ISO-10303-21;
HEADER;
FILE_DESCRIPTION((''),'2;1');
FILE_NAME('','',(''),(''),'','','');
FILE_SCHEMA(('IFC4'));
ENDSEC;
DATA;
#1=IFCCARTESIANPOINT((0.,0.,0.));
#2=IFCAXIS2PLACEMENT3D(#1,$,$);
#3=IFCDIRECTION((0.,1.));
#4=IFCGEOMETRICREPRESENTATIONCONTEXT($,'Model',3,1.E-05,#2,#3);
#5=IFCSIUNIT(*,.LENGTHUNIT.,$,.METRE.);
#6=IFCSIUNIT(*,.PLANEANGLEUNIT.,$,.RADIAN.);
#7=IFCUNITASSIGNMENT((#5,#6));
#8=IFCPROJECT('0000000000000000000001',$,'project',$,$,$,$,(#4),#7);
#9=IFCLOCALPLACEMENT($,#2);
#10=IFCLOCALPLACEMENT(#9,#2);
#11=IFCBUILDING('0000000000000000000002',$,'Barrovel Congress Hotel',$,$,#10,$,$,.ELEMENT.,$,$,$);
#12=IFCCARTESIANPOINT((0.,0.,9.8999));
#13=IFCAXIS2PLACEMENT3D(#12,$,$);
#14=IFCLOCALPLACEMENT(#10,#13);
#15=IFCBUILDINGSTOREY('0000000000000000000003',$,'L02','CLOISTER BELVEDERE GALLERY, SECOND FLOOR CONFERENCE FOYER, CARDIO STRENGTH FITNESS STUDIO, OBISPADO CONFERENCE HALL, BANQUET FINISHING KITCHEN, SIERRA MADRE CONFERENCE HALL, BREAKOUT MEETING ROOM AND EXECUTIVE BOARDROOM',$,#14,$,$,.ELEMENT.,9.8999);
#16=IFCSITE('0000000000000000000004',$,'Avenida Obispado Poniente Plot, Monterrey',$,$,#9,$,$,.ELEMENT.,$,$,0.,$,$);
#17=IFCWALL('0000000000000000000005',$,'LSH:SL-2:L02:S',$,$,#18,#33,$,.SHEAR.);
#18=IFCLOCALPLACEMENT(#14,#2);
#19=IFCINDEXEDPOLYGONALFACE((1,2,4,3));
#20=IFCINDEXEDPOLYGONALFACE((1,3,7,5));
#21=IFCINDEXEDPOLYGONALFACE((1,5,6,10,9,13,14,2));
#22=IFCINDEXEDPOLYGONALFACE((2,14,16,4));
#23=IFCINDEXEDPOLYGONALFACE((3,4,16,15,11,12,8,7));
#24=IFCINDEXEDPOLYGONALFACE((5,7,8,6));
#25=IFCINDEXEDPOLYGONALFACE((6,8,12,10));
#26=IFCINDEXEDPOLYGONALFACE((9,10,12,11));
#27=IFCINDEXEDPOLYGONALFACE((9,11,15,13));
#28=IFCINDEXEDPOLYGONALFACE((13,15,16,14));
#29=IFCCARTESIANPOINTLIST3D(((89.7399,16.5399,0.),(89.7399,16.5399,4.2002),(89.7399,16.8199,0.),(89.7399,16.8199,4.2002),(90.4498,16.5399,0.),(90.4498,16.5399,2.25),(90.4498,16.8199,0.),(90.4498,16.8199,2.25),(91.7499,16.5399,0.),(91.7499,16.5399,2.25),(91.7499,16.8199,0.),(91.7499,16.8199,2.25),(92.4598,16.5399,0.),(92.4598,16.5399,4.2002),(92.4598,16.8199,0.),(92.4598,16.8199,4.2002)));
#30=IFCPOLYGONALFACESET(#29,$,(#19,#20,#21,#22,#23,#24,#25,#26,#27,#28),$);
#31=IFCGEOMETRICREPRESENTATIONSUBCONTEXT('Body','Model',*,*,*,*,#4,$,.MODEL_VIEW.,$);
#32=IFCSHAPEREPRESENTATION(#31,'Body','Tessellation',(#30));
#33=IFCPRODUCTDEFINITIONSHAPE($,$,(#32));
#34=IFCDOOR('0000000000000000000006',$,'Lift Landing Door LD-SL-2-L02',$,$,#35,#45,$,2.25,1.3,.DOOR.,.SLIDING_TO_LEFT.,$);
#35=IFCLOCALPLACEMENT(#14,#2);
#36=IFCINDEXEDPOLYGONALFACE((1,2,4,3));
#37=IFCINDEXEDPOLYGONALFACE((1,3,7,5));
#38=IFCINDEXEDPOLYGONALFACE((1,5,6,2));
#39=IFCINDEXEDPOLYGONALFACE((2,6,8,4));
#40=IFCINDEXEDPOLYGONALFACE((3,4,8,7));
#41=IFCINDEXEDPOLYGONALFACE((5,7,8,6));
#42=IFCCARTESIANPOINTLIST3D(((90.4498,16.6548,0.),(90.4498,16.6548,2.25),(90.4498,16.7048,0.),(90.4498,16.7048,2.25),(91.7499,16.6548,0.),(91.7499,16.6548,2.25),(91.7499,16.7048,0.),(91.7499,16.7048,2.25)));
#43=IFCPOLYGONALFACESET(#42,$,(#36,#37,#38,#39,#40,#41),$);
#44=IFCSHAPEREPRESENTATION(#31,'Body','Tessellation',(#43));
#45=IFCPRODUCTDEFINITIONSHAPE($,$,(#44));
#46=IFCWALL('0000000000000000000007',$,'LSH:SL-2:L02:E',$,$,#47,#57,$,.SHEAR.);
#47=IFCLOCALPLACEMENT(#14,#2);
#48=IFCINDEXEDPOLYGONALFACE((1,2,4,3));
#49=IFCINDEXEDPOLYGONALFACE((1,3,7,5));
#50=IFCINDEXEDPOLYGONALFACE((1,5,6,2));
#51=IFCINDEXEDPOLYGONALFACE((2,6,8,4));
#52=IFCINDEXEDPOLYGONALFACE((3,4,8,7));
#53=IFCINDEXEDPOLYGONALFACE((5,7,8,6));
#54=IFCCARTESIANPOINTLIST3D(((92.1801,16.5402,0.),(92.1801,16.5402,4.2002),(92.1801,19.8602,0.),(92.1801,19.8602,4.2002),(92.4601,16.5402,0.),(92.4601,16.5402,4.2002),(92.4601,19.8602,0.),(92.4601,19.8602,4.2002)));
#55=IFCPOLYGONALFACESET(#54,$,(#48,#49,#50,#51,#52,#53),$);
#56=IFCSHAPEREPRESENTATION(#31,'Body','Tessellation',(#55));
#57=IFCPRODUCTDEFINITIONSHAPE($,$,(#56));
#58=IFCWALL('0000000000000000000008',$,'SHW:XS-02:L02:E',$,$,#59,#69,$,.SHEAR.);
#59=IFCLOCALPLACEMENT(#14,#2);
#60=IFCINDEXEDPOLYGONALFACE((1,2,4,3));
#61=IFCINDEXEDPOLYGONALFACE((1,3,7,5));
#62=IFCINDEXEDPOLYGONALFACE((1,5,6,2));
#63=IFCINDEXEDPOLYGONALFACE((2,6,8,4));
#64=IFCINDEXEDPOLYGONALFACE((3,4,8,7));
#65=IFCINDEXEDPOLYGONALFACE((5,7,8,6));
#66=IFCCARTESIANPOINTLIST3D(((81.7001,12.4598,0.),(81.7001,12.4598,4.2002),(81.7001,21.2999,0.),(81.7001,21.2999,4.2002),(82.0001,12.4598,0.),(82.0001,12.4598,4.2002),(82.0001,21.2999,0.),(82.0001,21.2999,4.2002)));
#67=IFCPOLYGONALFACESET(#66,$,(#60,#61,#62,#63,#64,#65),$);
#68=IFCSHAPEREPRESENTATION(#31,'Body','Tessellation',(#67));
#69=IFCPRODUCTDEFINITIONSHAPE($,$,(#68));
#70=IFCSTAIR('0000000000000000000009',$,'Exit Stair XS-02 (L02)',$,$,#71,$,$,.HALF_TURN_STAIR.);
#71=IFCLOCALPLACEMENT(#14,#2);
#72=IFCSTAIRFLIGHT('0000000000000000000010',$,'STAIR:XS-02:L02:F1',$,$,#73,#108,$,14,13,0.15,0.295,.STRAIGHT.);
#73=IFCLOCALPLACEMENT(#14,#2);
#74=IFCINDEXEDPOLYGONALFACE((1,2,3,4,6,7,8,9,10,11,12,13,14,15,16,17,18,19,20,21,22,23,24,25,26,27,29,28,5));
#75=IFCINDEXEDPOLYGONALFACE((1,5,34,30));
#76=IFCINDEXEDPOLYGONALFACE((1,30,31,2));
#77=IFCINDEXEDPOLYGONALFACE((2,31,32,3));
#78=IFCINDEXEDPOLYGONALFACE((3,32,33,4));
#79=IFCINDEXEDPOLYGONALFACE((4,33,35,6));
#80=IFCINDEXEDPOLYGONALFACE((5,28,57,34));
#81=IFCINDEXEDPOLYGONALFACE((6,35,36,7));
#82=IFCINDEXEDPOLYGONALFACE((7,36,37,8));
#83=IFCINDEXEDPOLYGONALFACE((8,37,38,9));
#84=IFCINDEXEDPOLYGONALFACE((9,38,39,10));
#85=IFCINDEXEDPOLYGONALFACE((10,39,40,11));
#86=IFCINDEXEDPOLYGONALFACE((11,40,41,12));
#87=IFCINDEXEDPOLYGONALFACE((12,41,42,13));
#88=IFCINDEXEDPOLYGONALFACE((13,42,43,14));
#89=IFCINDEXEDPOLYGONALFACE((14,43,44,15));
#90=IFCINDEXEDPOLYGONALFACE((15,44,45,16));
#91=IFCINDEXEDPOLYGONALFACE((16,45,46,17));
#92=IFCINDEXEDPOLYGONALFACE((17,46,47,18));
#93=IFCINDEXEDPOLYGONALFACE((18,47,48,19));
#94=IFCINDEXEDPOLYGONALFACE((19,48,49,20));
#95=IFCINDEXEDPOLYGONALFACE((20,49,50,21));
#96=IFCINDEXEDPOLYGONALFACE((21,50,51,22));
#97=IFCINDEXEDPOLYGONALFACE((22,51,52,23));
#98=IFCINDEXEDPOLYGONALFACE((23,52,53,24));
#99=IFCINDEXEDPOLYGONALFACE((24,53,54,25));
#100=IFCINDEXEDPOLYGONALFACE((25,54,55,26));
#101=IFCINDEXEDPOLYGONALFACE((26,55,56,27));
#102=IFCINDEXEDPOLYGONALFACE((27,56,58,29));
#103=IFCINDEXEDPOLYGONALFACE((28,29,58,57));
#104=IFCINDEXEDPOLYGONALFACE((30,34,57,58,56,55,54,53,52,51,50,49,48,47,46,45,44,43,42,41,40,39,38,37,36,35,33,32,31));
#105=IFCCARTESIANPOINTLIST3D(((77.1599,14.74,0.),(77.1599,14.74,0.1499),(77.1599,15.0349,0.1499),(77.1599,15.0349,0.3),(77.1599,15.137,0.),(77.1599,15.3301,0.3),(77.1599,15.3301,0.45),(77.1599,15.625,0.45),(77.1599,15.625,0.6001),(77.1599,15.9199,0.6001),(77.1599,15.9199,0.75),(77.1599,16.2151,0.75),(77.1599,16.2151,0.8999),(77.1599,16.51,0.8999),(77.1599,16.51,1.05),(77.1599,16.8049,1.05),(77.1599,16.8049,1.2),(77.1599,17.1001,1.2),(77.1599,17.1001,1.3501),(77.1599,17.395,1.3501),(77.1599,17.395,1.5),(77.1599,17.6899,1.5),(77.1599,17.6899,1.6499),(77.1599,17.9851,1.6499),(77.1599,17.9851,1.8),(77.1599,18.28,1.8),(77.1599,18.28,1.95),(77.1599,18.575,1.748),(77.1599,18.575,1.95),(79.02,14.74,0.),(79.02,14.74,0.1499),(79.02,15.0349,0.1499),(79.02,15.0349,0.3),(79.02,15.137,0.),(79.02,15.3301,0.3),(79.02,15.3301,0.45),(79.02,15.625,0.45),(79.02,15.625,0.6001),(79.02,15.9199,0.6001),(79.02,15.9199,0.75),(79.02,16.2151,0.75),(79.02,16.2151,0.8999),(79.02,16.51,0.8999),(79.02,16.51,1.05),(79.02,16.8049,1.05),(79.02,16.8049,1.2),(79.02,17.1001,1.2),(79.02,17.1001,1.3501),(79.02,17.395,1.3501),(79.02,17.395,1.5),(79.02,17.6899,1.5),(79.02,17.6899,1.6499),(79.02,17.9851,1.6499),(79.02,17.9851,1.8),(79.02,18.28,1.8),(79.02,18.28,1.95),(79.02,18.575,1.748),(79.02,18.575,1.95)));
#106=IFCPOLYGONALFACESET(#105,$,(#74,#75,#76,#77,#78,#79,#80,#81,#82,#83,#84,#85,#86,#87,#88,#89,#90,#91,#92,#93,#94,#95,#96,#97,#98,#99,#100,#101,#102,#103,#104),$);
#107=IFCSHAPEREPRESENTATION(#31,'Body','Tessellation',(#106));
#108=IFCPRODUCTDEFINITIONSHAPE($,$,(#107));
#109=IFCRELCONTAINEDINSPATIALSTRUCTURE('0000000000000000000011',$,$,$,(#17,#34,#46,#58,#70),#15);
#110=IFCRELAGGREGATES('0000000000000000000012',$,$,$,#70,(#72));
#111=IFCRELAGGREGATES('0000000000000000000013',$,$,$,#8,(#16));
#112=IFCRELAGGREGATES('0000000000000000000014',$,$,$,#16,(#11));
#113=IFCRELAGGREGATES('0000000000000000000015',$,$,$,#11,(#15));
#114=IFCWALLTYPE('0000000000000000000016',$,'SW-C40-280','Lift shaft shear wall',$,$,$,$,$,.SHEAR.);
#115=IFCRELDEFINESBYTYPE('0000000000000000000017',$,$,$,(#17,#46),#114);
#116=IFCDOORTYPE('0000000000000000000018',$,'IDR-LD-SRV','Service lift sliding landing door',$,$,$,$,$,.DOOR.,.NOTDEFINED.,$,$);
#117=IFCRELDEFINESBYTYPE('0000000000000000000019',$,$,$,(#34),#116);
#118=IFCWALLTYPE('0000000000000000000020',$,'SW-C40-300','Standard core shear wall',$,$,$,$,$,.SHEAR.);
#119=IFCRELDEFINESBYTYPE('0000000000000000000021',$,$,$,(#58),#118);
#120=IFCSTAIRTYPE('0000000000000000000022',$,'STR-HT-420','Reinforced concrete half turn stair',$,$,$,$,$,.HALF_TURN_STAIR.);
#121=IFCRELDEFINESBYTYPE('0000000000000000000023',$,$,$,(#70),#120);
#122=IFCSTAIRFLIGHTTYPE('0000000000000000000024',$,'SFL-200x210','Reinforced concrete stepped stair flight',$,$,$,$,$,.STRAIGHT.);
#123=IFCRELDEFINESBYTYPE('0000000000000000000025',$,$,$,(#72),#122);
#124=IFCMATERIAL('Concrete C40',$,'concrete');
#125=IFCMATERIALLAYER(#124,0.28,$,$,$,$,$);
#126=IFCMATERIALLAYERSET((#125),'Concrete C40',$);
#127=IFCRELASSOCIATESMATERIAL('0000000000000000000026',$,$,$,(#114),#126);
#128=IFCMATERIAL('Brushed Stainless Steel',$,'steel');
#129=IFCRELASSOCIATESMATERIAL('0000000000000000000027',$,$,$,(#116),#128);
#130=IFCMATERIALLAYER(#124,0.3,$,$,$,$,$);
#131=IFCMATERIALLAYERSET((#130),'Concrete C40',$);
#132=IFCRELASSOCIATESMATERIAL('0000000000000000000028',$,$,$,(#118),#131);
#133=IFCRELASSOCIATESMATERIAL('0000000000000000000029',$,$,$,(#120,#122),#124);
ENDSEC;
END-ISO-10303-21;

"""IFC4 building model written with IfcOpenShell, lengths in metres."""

from ifc_helpers import new_model, si_unit, direction, frame, frame_2d, origin, place, context, subcontext, project, spatial, polyline, rectangle, outline, extrude, material, layer, layer_set, type_object, element, fill, aggregate, save


model = new_model("IFC4")

# Units and contexts
model_context = context("Model", 3, precision=1e-05, world=origin(), true_north=direction((0.0, 1.0)))
body_context = subcontext(model_context, "Body", "Model", "MODEL_VIEW")
ifc_project = project(units=[si_unit("LENGTHUNIT", "METRE"), si_unit("PLANEANGLEUNIT", "RADIAN")], contexts=[model_context])

# Site, building, storey
site_placement = place(None, origin())
site = spatial("IfcSite", under=ifc_project, at=site_placement, Name="Avenida Obispado Poniente Plot, Monterrey", CompositionType="ELEMENT", RefElevation=0.0)
building_placement = place(site_placement, origin())
building = spatial("IfcBuilding", under=site, at=building_placement, Name="Barrovel Congress Hotel", CompositionType="ELEMENT")
storey_placement = place(building_placement, frame((0.0, 0.0, 9.8999)))
storey = spatial("IfcBuildingStorey", under=building, at=storey_placement, Name="L02", Description="CLOISTER BELVEDERE GALLERY, SECOND FLOOR CONFERENCE FOYER, CARDIO STRENGTH FITNESS STUDIO, OBISPADO CONFERENCE HALL, BANQUET FINISHING KITCHEN, SIERRA MADRE CONFERENCE HALL, BREAKOUT MEETING ROOM AND EXECUTIVE BOARDROOM", CompositionType="ELEMENT", Elevation=9.8999)

# Shared definitions
ifc_material_1 = material(Name="Concrete C40", Category="concrete")

# Shared definitions
ifc_layer_1 = layer(ifc_material_1, 0.28)
ifc_layer_set_1 = layer_set([ifc_layer_1], Name="Concrete C40")
wall_type_1 = type_object("IfcWallType", Name="SW-C40-280", Description="Lift shaft shear wall", PredefinedType="SHEAR", material=ifc_layer_set_1)

# Wall, opening, door
wall_1_placement = place(storey_placement, frame((89.74, 16.6799, 0.0), z_axis=(0.0, 0.0, 1.0), x_axis=(1.0, 0.0, 0.0)))
wall_1 = element("IfcWall", 1, at=wall_1_placement, inside=storey, type_object=wall_type_1, Name="LSH:SL-2:L02:S", PredefinedType="SHEAR", context=body_context, shape_type="SweptSolid", body=[
    extrude(rectangle(XDim=2.72, YDim=0.28, at=frame_2d((1.3599, 0.0))), origin(), (0.0, 0.0, 1.0), 4.2002),
])
opening_1_placement = place(wall_1_placement, frame((0.71, 0.0, 0.0)))
opening_1 = element("IfcOpeningElement", 2, at=opening_1_placement, cuts=wall_1, PredefinedType="OPENING", context=body_context, shape_type="SweptSolid", body=[
    extrude(rectangle(XDim=1.3, YDim=2.25, at=frame_2d((0.6499, 1.125))), frame((0.0, 0.1499, 0.0), z_axis=(0.0, -1.0, 0.0), x_axis=(1.0, 0.0, 0.0)), (0.0, 0.0, 1.0), 0.3),
])
ifc_material_2 = material(Name="Brushed Stainless Steel", Category="steel")
door_type_1 = type_object("IfcDoorType", Name="IDR-LD-SRV", Description="Service lift sliding landing door", OperationType="NOTDEFINED", PredefinedType="DOOR", material=ifc_material_2)
door_1_placement = place(opening_1_placement, origin())
door_1 = element("IfcDoor", 3, at=door_1_placement, inside=storey, type_object=door_type_1, Name="Lift Landing Door LD-SL-2-L02", OperationType="SLIDING_TO_LEFT", OverallHeight=2.25, OverallWidth=1.3, PredefinedType="DOOR", context=body_context, shape_type="SweptSolid", body=[
    extrude(rectangle(XDim=1.3, YDim=2.25, at=frame_2d((0.6499, 1.125))), frame((0.0, 0.0249, 0.0), z_axis=(0.0, -1.0, 0.0), x_axis=(1.0, 0.0, 0.0)), (0.0, 0.0, 1.0), 0.05),
])
fill(opening_1, door_1)

# Walls
wall_2_placement = place(storey_placement, frame((92.3201, 16.54, 0.0), z_axis=(0.0, 0.0, 1.0), x_axis=(0.0, 1.0, 0.0)))
element("IfcWall", 4, at=wall_2_placement, inside=storey, type_object=wall_type_1, Name="LSH:SL-2:L02:E", PredefinedType="SHEAR", context=body_context, shape_type="SweptSolid", body=[
    extrude(rectangle(XDim=3.3201, YDim=0.28, at=frame_2d((1.6602, 0.0))), origin(), (0.0, 0.0, 1.0), 4.2002),
])
ifc_layer_2 = layer(ifc_material_1, 0.3)
ifc_layer_set_2 = layer_set([ifc_layer_2], Name="Concrete C40")
wall_type_2 = type_object("IfcWallType", Name="SW-C40-300", Description="Standard core shear wall", PredefinedType="SHEAR", material=ifc_layer_set_2)
wall_3_placement = place(storey_placement, frame((81.8501, 12.46, 0.0), z_axis=(0.0, 0.0, 1.0), x_axis=(0.0, 1.0, 0.0)))
element("IfcWall", 5, at=wall_3_placement, inside=storey, type_object=wall_type_2, Name="SHW:XS-02:L02:E", PredefinedType="SHEAR", context=body_context, shape_type="SweptSolid", body=[
    extrude(rectangle(XDim=8.8401, YDim=0.3, at=frame_2d((4.4199, 0.0))), origin(), (0.0, 0.0, 1.0), 4.2002),
])

# Stair, stair flight
stair_type = type_object("IfcStairType", Name="STR-HT-420", Description="Reinforced concrete half turn stair", PredefinedType="HALF_TURN_STAIR", material=ifc_material_1)
stair_placement = place(storey_placement, origin())
stair = element("IfcStair", 6, at=stair_placement, inside=storey, type_object=stair_type, Name="Exit Stair XS-02 (L02)", PredefinedType="HALF_TURN_STAIR")
stair_flight_type = type_object("IfcStairFlightType", Name="SFL-200x210", Description="Reinforced concrete stepped stair flight", PredefinedType="STRAIGHT", material=ifc_material_1)
stair_flight_placement = place(storey_placement, frame((78.0901, 14.74, 0.0), z_axis=(0.0, 0.0, 1.0), x_axis=(0.0, 1.0, 0.0)))
stair_flight = element("IfcStairFlight", 7, at=stair_flight_placement, type_object=stair_flight_type, Name="STAIR:XS-02:L02:F1", NumberOfRisers=14, NumberOfTreads=13, PredefinedType="STRAIGHT", RiserHeight=0.15, TreadLength=0.295, context=body_context, shape_type="SweptSolid", body=[
    extrude(outline(polyline([(0.0, 0.0), (0.0, 0.1499), (0.2949, 0.1499), (0.2949, 0.3), (0.5901, 0.3), (0.5901, 0.45), (0.885, 0.45), (0.885, 0.6001), (1.1799, 0.6001), (1.1799, 0.75), (1.4751, 0.75), (1.4751, 0.8999), (1.77, 0.8999), (1.77, 1.05), (2.0649, 1.05), (2.0649, 1.2), (2.3601, 1.2), (2.3601, 1.3501), (2.655, 1.3501), (2.655, 1.5), (2.95, 1.5), (2.95, 1.6499), (3.2451, 1.6499), (3.2451, 1.8), (3.54, 1.8), (3.54, 1.95), (3.835, 1.95), (3.835, 2.1001), (3.835, 1.748), (0.397, 0.0), (0.0, 0.0)])), frame((0.0, 0.9302, 0.0), z_axis=(0.0, -1.0, 0.0), x_axis=(1.0, 0.0, 0.0)), (0.0, 0.0, 1.0), 1.8601),
])
aggregate(stair, [stair_flight])

save(model, "model.ifc")
